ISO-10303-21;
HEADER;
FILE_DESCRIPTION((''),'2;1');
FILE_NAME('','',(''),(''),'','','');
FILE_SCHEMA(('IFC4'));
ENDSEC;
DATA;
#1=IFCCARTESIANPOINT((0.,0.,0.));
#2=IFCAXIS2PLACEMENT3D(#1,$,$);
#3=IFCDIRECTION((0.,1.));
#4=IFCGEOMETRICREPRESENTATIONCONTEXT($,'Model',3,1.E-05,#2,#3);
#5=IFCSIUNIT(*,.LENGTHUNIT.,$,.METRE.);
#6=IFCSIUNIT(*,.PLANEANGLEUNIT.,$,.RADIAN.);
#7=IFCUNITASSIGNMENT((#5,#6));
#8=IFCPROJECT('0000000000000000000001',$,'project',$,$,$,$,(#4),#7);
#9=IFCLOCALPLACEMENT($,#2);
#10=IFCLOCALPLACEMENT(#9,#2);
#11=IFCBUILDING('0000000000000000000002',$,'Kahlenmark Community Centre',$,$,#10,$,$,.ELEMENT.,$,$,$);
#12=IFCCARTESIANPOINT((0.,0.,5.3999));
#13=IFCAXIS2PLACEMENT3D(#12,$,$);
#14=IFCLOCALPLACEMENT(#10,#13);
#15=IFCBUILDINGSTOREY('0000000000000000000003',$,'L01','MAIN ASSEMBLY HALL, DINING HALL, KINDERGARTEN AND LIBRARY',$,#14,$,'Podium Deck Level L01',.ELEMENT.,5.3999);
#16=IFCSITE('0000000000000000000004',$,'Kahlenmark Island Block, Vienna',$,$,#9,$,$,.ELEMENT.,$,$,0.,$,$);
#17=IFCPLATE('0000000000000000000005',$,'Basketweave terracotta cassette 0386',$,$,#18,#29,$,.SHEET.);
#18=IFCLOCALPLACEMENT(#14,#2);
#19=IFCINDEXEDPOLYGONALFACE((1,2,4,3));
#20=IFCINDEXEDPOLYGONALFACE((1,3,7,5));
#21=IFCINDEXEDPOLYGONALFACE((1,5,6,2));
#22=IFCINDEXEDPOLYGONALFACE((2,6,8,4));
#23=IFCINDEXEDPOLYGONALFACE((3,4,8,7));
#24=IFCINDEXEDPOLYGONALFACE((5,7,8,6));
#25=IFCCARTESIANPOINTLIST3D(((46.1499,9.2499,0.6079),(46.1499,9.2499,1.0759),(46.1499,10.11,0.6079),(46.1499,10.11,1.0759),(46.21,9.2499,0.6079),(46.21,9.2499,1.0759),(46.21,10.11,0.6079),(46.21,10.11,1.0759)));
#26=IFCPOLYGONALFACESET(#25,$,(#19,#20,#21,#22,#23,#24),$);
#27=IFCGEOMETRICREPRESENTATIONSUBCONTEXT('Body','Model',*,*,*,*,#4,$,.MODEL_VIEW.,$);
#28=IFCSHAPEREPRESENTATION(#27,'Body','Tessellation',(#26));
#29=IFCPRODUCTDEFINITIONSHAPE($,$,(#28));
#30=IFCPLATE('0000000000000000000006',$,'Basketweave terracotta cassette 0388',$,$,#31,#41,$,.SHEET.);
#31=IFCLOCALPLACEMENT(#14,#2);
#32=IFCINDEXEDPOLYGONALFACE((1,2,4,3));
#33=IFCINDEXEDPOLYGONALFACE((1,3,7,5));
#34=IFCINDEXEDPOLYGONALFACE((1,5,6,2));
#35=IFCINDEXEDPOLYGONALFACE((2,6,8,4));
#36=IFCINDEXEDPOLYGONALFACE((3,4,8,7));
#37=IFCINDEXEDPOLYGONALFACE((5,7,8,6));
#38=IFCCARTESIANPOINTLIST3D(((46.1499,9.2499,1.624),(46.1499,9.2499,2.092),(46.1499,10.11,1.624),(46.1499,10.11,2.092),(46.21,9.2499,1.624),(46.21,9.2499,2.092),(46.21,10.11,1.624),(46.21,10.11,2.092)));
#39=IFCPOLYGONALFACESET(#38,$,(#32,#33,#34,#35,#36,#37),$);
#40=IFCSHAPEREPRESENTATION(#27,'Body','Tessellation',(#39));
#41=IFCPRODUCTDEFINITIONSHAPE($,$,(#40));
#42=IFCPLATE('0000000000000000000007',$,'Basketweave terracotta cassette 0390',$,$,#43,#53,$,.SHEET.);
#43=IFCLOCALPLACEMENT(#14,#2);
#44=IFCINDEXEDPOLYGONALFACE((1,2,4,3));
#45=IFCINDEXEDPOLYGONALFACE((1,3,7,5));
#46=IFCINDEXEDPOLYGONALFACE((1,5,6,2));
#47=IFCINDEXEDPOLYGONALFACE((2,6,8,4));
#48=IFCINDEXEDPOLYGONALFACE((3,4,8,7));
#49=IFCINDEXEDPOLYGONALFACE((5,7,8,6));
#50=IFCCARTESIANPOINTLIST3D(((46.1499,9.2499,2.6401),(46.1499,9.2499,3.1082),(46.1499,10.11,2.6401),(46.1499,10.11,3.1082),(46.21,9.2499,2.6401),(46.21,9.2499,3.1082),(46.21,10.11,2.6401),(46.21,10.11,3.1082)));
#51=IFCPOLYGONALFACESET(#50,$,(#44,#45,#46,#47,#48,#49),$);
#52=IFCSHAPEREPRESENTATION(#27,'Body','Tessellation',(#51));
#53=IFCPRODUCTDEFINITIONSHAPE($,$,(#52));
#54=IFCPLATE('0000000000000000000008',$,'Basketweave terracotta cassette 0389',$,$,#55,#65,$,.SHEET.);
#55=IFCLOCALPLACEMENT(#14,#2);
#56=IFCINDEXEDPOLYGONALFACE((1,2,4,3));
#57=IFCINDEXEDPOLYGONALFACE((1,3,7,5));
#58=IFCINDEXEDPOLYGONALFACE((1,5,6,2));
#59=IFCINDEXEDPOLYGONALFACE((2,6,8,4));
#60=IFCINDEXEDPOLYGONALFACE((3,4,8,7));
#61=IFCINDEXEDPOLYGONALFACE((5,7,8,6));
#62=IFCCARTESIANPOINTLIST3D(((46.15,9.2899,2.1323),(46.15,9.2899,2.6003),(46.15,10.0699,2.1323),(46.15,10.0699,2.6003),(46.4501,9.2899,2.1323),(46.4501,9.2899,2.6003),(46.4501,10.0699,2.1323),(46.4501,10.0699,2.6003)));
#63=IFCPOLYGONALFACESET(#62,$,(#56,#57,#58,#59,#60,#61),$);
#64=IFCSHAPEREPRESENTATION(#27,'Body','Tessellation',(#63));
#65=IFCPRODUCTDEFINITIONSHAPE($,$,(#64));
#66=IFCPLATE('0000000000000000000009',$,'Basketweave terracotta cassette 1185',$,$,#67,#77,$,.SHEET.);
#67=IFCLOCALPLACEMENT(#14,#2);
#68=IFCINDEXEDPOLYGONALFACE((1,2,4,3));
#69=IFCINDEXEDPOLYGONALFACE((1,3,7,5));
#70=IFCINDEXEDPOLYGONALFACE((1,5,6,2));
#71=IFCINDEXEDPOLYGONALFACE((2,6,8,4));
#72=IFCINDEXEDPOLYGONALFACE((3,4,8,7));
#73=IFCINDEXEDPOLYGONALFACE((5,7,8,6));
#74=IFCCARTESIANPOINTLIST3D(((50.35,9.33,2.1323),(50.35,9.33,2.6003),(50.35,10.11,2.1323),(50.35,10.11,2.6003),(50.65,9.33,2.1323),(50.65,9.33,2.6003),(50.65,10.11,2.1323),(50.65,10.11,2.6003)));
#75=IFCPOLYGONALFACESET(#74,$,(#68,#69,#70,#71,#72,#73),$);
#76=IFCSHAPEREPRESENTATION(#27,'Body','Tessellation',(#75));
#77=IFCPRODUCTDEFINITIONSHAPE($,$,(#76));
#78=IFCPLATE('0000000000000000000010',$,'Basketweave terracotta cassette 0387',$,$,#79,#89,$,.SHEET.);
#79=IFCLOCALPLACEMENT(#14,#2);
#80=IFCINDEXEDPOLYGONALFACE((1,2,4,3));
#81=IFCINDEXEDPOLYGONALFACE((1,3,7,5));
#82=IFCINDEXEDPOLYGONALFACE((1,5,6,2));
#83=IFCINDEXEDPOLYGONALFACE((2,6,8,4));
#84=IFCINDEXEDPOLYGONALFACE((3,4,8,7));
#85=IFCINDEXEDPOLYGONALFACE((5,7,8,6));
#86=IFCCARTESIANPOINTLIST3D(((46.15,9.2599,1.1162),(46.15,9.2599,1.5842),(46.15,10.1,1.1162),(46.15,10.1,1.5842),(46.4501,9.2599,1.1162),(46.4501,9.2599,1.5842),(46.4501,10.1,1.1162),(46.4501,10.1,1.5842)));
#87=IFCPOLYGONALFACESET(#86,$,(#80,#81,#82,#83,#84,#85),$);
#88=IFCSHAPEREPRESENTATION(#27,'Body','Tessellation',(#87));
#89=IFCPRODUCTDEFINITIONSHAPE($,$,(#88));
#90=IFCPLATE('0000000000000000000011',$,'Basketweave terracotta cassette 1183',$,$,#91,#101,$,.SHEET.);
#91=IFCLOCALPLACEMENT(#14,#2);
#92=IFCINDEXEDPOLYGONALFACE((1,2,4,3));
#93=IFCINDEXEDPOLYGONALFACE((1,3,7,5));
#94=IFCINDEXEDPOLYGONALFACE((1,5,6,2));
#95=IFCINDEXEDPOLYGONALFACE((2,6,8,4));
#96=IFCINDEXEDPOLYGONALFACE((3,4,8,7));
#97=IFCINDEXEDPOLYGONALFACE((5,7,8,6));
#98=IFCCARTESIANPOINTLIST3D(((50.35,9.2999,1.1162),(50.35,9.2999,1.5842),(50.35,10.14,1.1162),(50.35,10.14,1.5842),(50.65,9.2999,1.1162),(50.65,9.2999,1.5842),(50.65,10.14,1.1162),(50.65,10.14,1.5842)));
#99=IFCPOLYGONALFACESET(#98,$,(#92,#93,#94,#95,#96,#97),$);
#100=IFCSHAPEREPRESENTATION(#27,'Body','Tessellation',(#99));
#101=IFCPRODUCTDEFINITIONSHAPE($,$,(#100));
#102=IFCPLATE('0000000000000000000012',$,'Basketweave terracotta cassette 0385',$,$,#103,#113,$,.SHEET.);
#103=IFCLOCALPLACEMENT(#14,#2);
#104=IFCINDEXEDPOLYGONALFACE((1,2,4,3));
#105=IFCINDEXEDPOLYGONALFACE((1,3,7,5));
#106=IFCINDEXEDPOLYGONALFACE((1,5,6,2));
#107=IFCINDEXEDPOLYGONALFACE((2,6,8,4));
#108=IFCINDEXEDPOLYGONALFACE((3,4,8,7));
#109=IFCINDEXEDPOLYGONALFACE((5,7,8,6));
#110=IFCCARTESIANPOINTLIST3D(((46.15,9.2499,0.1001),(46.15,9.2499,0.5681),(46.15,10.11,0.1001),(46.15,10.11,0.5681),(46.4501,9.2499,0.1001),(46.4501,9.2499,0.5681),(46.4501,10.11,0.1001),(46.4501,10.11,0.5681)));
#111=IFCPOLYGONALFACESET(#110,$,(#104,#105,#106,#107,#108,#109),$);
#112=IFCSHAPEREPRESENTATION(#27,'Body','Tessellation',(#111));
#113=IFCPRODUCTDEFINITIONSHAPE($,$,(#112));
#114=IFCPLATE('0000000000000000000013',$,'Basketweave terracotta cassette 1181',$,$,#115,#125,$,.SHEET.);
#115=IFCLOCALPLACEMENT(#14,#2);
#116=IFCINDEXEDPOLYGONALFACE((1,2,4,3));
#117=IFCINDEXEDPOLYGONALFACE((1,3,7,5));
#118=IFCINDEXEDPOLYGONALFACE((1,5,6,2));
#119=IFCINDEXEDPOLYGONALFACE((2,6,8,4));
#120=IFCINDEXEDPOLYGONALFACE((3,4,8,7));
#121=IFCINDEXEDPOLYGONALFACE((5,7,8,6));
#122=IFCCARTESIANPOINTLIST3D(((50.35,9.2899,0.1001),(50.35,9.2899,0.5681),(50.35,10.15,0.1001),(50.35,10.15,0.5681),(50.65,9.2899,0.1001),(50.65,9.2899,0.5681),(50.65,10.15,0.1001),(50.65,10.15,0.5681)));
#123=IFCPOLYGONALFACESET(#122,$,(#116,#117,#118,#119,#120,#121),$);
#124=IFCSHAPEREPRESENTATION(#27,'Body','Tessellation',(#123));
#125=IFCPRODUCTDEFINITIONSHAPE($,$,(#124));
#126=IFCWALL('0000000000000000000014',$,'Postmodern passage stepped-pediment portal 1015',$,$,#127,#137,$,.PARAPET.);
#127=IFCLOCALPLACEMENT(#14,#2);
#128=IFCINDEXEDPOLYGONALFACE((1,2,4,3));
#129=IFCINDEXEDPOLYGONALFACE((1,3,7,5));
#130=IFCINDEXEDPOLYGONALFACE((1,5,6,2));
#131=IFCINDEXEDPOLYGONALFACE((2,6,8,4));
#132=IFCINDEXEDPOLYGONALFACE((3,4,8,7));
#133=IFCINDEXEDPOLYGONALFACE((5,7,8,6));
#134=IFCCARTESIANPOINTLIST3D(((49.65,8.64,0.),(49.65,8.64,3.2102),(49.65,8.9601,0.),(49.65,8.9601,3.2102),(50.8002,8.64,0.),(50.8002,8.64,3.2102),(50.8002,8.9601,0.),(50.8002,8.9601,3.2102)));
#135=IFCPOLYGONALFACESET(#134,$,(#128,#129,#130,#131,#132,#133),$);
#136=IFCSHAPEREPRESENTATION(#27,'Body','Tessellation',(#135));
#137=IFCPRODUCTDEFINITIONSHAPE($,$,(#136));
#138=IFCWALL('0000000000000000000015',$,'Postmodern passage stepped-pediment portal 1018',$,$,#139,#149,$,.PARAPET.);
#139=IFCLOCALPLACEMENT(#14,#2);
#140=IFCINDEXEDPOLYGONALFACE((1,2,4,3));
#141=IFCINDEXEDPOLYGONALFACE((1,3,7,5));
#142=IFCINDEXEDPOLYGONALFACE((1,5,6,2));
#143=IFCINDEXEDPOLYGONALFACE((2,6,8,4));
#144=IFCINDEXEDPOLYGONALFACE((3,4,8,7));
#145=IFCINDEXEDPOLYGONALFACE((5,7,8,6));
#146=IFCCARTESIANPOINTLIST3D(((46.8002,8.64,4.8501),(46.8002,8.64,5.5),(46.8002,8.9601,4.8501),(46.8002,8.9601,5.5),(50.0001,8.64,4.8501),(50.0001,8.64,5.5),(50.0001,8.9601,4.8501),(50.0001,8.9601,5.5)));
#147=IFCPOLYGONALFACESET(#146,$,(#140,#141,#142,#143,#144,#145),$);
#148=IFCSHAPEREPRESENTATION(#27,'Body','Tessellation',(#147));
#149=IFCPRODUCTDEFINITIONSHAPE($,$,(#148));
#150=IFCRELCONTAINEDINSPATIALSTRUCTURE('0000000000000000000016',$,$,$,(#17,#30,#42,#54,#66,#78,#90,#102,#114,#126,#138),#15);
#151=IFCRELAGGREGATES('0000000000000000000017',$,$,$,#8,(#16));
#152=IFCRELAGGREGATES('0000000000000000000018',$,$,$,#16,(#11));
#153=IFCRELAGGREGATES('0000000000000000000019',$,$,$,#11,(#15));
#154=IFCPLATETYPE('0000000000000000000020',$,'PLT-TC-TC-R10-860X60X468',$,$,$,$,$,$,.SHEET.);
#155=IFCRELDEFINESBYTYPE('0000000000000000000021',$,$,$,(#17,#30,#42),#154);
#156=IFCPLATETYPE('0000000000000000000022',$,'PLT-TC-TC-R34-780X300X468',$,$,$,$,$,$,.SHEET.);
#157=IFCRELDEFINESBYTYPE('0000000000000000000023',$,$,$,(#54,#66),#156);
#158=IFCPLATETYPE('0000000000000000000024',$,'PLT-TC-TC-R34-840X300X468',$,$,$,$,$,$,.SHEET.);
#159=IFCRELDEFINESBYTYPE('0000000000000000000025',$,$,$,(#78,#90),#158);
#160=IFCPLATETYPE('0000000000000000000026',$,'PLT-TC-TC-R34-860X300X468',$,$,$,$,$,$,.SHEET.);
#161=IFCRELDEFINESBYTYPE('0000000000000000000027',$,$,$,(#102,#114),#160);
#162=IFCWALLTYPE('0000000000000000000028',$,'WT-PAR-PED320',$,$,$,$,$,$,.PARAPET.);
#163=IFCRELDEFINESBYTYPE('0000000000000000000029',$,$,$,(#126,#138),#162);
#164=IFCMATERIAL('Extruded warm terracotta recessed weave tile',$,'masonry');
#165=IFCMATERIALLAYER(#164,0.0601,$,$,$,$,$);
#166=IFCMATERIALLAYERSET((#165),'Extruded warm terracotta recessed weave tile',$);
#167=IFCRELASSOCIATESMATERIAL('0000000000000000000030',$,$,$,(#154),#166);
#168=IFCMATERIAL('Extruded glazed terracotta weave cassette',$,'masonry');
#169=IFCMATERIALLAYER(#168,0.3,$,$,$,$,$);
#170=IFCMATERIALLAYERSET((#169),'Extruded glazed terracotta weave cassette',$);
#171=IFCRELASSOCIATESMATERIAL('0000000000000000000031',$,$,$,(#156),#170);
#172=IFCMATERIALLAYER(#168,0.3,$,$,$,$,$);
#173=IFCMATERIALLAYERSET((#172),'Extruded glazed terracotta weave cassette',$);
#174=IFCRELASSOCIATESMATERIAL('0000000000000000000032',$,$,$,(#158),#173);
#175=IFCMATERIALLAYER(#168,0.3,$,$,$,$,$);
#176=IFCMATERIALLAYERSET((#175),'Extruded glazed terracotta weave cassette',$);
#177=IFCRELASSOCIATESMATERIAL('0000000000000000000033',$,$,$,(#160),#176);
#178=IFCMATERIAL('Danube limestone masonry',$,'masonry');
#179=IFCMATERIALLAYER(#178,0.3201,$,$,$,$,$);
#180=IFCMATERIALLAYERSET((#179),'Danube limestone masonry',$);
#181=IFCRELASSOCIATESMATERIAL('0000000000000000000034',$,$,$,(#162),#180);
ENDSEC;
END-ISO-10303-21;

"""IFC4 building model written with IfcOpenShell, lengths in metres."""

from ifc_helpers import new_model, si_unit, direction, frame, frame_2d, origin, origin_2d, place, context, subcontext, project, spatial, rectangle, extrude, material, layer, layer_set, type_object, element, save


model = new_model("IFC4")

# Units and contexts
model_context = context("Model", 3, precision=1e-05, world=origin(), true_north=direction((0.0, 1.0)))
body_context = subcontext(model_context, "Body", "Model", "MODEL_VIEW")
ifc_project = project(units=[si_unit("LENGTHUNIT", "METRE"), si_unit("PLANEANGLEUNIT", "RADIAN")], contexts=[model_context])

# Site, building, storey
site_placement = place(None, origin())
site = spatial("IfcSite", under=ifc_project, at=site_placement, Name="Kahlenmark Island Block, Vienna", CompositionType="ELEMENT", RefElevation=0.0)
building_placement = place(site_placement, origin())
building = spatial("IfcBuilding", under=site, at=building_placement, Name="Kahlenmark Community Centre", CompositionType="ELEMENT")
storey_placement = place(building_placement, frame((0.0, 0.0, 5.3999)))
storey = spatial("IfcBuildingStorey", under=building, at=storey_placement, Name="L01", Description="MAIN ASSEMBLY HALL, DINING HALL, KINDERGARTEN AND LIBRARY", LongName="Podium Deck Level L01", CompositionType="ELEMENT", Elevation=5.3999)

# Plates
ifc_material_1 = material(Name="Extruded warm terracotta recessed weave tile", Category="masonry")
ifc_layer_1 = layer(ifc_material_1, 0.0601)
ifc_layer_set_1 = layer_set([ifc_layer_1], Name="Extruded warm terracotta recessed weave tile")
plate_type_1 = type_object("IfcPlateType", Name="PLT-TC-TC-R10-860X60X468", PredefinedType="SHEET", material=ifc_layer_set_1)
for number, where, z_axis, x_axis, name in (
    (1, (46.1799, 9.6799, 0.6079), (0.0, 0.0, 1.0), (0.0, 1.0, 0.0), "Basketweave terracotta cassette 0386"),
    (2, (46.1799, 9.6799, 1.624), (0.0, 0.0, 1.0), (0.0, 1.0, 0.0), "Basketweave terracotta cassette 0388"),
    (3, (46.1799, 9.6799, 2.6401), (0.0, 0.0, 1.0), (0.0, 1.0, 0.0), "Basketweave terracotta cassette 0390"),
):
    element("IfcPlate", number, at=place(storey_placement, frame(where, z_axis=z_axis, x_axis=x_axis)), inside=storey, type_object=plate_type_1, Name=name, PredefinedType="SHEET", context=body_context, shape_type="SweptSolid", body=[
        extrude(rectangle(XDim=0.8601, YDim=0.0601, at=origin_2d()), origin(), (0.0, 0.0, 1.0), 0.468),
    ])
ifc_material_2 = material(Name="Extruded glazed terracotta weave cassette", Category="masonry")
ifc_layer_2 = layer(ifc_material_2, 0.3)
ifc_layer_set_2 = layer_set([ifc_layer_2], Name="Extruded glazed terracotta weave cassette")
plate_type_2 = type_object("IfcPlateType", Name="PLT-TC-TC-R34-780X300X468", PredefinedType="SHEET", material=ifc_layer_set_2)
for number, where, z_axis, x_axis, name in (
    (4, (46.3, 9.6799, 2.1323), (0.0, 0.0, 1.0), (0.0, 1.0, 0.0), "Basketweave terracotta cassette 0389"),
    (5, (50.5, 9.72, 2.1323), (0.0, 0.0, 1.0), (0.0, -1.0, 0.0), "Basketweave terracotta cassette 1185"),
):
    element("IfcPlate", number, at=place(storey_placement, frame(where, z_axis=z_axis, x_axis=x_axis)), inside=storey, type_object=plate_type_2, Name=name, PredefinedType="SHEET", context=body_context, shape_type="SweptSolid", body=[
        extrude(rectangle(XDim=0.78, YDim=0.3, at=origin_2d()), origin(), (0.0, 0.0, 1.0), 0.468),
    ])
ifc_layer_3 = layer(ifc_material_2, 0.3)
ifc_layer_set_3 = layer_set([ifc_layer_3], Name="Extruded glazed terracotta weave cassette")
plate_type_3 = type_object("IfcPlateType", Name="PLT-TC-TC-R34-840X300X468", PredefinedType="SHEET", material=ifc_layer_set_3)
for number, where, z_axis, x_axis, name in (
    (6, (46.3, 9.6799, 1.1162), (0.0, 0.0, 1.0), (0.0, 1.0, 0.0), "Basketweave terracotta cassette 0387"),
    (7, (50.5, 9.72, 1.1162), (0.0, 0.0, 1.0), (0.0, -1.0, 0.0), "Basketweave terracotta cassette 1183"),
):
    element("IfcPlate", number, at=place(storey_placement, frame(where, z_axis=z_axis, x_axis=x_axis)), inside=storey, type_object=plate_type_3, Name=name, PredefinedType="SHEET", context=body_context, shape_type="SweptSolid", body=[
        extrude(rectangle(XDim=0.8401, YDim=0.3, at=origin_2d()), origin(), (0.0, 0.0, 1.0), 0.468),
    ])
ifc_layer_4 = layer(ifc_material_2, 0.3)
ifc_layer_set_4 = layer_set([ifc_layer_4], Name="Extruded glazed terracotta weave cassette")
plate_type_4 = type_object("IfcPlateType", Name="PLT-TC-TC-R34-860X300X468", PredefinedType="SHEET", material=ifc_layer_set_4)
for number, where, z_axis, x_axis, name in (
    (8, (46.3, 9.6799, 0.1001), (0.0, 0.0, 1.0), (0.0, 1.0, 0.0), "Basketweave terracotta cassette 0385"),
    (9, (50.5, 9.72, 0.1001), (0.0, 0.0, 1.0), (0.0, -1.0, 0.0), "Basketweave terracotta cassette 1181"),
):
    element("IfcPlate", number, at=place(storey_placement, frame(where, z_axis=z_axis, x_axis=x_axis)), inside=storey, type_object=plate_type_4, Name=name, PredefinedType="SHEET", context=body_context, shape_type="SweptSolid", body=[
        extrude(rectangle(XDim=0.8601, YDim=0.3, at=origin_2d()), origin(), (0.0, 0.0, 1.0), 0.468),
    ])

# Walls
ifc_material_3 = material(Name="Danube limestone masonry", Category="masonry")
ifc_layer_5 = layer(ifc_material_3, 0.3201)
ifc_layer_set_5 = layer_set([ifc_layer_5], Name="Danube limestone masonry")
wall_type = type_object("IfcWallType", Name="WT-PAR-PED320", PredefinedType="PARAPET", material=ifc_layer_set_5)
wall_1_placement = place(storey_placement, frame((49.6499, 8.8, 0.0), z_axis=(0.0, 0.0, 1.0), x_axis=(1.0, 0.0, 0.0)))
element("IfcWall", 10, at=wall_1_placement, inside=storey, type_object=wall_type, Name="Postmodern passage stepped-pediment portal 1015", PredefinedType="PARAPET", context=body_context, shape_type="SweptSolid", body=[
    extrude(rectangle(XDim=1.1501, YDim=0.3201, at=frame_2d((0.5752, 0.0))), origin(), (0.0, 0.0, 1.0), 3.2102),
])
wall_2_placement = place(storey_placement, frame((46.8, 8.8, 4.8501), z_axis=(0.0, 0.0, 1.0), x_axis=(1.0, 0.0, 0.0)))
element("IfcWall", 11, at=wall_2_placement, inside=storey, type_object=wall_type, Name="Postmodern passage stepped-pediment portal 1018", PredefinedType="PARAPET", context=body_context, shape_type="SweptSolid", body=[
    extrude(rectangle(XDim=3.2, YDim=0.3201, at=frame_2d((1.6001, 0.0))), origin(), (0.0, 0.0, 1.0), 0.6499),
])

save(model, "model.ifc")
